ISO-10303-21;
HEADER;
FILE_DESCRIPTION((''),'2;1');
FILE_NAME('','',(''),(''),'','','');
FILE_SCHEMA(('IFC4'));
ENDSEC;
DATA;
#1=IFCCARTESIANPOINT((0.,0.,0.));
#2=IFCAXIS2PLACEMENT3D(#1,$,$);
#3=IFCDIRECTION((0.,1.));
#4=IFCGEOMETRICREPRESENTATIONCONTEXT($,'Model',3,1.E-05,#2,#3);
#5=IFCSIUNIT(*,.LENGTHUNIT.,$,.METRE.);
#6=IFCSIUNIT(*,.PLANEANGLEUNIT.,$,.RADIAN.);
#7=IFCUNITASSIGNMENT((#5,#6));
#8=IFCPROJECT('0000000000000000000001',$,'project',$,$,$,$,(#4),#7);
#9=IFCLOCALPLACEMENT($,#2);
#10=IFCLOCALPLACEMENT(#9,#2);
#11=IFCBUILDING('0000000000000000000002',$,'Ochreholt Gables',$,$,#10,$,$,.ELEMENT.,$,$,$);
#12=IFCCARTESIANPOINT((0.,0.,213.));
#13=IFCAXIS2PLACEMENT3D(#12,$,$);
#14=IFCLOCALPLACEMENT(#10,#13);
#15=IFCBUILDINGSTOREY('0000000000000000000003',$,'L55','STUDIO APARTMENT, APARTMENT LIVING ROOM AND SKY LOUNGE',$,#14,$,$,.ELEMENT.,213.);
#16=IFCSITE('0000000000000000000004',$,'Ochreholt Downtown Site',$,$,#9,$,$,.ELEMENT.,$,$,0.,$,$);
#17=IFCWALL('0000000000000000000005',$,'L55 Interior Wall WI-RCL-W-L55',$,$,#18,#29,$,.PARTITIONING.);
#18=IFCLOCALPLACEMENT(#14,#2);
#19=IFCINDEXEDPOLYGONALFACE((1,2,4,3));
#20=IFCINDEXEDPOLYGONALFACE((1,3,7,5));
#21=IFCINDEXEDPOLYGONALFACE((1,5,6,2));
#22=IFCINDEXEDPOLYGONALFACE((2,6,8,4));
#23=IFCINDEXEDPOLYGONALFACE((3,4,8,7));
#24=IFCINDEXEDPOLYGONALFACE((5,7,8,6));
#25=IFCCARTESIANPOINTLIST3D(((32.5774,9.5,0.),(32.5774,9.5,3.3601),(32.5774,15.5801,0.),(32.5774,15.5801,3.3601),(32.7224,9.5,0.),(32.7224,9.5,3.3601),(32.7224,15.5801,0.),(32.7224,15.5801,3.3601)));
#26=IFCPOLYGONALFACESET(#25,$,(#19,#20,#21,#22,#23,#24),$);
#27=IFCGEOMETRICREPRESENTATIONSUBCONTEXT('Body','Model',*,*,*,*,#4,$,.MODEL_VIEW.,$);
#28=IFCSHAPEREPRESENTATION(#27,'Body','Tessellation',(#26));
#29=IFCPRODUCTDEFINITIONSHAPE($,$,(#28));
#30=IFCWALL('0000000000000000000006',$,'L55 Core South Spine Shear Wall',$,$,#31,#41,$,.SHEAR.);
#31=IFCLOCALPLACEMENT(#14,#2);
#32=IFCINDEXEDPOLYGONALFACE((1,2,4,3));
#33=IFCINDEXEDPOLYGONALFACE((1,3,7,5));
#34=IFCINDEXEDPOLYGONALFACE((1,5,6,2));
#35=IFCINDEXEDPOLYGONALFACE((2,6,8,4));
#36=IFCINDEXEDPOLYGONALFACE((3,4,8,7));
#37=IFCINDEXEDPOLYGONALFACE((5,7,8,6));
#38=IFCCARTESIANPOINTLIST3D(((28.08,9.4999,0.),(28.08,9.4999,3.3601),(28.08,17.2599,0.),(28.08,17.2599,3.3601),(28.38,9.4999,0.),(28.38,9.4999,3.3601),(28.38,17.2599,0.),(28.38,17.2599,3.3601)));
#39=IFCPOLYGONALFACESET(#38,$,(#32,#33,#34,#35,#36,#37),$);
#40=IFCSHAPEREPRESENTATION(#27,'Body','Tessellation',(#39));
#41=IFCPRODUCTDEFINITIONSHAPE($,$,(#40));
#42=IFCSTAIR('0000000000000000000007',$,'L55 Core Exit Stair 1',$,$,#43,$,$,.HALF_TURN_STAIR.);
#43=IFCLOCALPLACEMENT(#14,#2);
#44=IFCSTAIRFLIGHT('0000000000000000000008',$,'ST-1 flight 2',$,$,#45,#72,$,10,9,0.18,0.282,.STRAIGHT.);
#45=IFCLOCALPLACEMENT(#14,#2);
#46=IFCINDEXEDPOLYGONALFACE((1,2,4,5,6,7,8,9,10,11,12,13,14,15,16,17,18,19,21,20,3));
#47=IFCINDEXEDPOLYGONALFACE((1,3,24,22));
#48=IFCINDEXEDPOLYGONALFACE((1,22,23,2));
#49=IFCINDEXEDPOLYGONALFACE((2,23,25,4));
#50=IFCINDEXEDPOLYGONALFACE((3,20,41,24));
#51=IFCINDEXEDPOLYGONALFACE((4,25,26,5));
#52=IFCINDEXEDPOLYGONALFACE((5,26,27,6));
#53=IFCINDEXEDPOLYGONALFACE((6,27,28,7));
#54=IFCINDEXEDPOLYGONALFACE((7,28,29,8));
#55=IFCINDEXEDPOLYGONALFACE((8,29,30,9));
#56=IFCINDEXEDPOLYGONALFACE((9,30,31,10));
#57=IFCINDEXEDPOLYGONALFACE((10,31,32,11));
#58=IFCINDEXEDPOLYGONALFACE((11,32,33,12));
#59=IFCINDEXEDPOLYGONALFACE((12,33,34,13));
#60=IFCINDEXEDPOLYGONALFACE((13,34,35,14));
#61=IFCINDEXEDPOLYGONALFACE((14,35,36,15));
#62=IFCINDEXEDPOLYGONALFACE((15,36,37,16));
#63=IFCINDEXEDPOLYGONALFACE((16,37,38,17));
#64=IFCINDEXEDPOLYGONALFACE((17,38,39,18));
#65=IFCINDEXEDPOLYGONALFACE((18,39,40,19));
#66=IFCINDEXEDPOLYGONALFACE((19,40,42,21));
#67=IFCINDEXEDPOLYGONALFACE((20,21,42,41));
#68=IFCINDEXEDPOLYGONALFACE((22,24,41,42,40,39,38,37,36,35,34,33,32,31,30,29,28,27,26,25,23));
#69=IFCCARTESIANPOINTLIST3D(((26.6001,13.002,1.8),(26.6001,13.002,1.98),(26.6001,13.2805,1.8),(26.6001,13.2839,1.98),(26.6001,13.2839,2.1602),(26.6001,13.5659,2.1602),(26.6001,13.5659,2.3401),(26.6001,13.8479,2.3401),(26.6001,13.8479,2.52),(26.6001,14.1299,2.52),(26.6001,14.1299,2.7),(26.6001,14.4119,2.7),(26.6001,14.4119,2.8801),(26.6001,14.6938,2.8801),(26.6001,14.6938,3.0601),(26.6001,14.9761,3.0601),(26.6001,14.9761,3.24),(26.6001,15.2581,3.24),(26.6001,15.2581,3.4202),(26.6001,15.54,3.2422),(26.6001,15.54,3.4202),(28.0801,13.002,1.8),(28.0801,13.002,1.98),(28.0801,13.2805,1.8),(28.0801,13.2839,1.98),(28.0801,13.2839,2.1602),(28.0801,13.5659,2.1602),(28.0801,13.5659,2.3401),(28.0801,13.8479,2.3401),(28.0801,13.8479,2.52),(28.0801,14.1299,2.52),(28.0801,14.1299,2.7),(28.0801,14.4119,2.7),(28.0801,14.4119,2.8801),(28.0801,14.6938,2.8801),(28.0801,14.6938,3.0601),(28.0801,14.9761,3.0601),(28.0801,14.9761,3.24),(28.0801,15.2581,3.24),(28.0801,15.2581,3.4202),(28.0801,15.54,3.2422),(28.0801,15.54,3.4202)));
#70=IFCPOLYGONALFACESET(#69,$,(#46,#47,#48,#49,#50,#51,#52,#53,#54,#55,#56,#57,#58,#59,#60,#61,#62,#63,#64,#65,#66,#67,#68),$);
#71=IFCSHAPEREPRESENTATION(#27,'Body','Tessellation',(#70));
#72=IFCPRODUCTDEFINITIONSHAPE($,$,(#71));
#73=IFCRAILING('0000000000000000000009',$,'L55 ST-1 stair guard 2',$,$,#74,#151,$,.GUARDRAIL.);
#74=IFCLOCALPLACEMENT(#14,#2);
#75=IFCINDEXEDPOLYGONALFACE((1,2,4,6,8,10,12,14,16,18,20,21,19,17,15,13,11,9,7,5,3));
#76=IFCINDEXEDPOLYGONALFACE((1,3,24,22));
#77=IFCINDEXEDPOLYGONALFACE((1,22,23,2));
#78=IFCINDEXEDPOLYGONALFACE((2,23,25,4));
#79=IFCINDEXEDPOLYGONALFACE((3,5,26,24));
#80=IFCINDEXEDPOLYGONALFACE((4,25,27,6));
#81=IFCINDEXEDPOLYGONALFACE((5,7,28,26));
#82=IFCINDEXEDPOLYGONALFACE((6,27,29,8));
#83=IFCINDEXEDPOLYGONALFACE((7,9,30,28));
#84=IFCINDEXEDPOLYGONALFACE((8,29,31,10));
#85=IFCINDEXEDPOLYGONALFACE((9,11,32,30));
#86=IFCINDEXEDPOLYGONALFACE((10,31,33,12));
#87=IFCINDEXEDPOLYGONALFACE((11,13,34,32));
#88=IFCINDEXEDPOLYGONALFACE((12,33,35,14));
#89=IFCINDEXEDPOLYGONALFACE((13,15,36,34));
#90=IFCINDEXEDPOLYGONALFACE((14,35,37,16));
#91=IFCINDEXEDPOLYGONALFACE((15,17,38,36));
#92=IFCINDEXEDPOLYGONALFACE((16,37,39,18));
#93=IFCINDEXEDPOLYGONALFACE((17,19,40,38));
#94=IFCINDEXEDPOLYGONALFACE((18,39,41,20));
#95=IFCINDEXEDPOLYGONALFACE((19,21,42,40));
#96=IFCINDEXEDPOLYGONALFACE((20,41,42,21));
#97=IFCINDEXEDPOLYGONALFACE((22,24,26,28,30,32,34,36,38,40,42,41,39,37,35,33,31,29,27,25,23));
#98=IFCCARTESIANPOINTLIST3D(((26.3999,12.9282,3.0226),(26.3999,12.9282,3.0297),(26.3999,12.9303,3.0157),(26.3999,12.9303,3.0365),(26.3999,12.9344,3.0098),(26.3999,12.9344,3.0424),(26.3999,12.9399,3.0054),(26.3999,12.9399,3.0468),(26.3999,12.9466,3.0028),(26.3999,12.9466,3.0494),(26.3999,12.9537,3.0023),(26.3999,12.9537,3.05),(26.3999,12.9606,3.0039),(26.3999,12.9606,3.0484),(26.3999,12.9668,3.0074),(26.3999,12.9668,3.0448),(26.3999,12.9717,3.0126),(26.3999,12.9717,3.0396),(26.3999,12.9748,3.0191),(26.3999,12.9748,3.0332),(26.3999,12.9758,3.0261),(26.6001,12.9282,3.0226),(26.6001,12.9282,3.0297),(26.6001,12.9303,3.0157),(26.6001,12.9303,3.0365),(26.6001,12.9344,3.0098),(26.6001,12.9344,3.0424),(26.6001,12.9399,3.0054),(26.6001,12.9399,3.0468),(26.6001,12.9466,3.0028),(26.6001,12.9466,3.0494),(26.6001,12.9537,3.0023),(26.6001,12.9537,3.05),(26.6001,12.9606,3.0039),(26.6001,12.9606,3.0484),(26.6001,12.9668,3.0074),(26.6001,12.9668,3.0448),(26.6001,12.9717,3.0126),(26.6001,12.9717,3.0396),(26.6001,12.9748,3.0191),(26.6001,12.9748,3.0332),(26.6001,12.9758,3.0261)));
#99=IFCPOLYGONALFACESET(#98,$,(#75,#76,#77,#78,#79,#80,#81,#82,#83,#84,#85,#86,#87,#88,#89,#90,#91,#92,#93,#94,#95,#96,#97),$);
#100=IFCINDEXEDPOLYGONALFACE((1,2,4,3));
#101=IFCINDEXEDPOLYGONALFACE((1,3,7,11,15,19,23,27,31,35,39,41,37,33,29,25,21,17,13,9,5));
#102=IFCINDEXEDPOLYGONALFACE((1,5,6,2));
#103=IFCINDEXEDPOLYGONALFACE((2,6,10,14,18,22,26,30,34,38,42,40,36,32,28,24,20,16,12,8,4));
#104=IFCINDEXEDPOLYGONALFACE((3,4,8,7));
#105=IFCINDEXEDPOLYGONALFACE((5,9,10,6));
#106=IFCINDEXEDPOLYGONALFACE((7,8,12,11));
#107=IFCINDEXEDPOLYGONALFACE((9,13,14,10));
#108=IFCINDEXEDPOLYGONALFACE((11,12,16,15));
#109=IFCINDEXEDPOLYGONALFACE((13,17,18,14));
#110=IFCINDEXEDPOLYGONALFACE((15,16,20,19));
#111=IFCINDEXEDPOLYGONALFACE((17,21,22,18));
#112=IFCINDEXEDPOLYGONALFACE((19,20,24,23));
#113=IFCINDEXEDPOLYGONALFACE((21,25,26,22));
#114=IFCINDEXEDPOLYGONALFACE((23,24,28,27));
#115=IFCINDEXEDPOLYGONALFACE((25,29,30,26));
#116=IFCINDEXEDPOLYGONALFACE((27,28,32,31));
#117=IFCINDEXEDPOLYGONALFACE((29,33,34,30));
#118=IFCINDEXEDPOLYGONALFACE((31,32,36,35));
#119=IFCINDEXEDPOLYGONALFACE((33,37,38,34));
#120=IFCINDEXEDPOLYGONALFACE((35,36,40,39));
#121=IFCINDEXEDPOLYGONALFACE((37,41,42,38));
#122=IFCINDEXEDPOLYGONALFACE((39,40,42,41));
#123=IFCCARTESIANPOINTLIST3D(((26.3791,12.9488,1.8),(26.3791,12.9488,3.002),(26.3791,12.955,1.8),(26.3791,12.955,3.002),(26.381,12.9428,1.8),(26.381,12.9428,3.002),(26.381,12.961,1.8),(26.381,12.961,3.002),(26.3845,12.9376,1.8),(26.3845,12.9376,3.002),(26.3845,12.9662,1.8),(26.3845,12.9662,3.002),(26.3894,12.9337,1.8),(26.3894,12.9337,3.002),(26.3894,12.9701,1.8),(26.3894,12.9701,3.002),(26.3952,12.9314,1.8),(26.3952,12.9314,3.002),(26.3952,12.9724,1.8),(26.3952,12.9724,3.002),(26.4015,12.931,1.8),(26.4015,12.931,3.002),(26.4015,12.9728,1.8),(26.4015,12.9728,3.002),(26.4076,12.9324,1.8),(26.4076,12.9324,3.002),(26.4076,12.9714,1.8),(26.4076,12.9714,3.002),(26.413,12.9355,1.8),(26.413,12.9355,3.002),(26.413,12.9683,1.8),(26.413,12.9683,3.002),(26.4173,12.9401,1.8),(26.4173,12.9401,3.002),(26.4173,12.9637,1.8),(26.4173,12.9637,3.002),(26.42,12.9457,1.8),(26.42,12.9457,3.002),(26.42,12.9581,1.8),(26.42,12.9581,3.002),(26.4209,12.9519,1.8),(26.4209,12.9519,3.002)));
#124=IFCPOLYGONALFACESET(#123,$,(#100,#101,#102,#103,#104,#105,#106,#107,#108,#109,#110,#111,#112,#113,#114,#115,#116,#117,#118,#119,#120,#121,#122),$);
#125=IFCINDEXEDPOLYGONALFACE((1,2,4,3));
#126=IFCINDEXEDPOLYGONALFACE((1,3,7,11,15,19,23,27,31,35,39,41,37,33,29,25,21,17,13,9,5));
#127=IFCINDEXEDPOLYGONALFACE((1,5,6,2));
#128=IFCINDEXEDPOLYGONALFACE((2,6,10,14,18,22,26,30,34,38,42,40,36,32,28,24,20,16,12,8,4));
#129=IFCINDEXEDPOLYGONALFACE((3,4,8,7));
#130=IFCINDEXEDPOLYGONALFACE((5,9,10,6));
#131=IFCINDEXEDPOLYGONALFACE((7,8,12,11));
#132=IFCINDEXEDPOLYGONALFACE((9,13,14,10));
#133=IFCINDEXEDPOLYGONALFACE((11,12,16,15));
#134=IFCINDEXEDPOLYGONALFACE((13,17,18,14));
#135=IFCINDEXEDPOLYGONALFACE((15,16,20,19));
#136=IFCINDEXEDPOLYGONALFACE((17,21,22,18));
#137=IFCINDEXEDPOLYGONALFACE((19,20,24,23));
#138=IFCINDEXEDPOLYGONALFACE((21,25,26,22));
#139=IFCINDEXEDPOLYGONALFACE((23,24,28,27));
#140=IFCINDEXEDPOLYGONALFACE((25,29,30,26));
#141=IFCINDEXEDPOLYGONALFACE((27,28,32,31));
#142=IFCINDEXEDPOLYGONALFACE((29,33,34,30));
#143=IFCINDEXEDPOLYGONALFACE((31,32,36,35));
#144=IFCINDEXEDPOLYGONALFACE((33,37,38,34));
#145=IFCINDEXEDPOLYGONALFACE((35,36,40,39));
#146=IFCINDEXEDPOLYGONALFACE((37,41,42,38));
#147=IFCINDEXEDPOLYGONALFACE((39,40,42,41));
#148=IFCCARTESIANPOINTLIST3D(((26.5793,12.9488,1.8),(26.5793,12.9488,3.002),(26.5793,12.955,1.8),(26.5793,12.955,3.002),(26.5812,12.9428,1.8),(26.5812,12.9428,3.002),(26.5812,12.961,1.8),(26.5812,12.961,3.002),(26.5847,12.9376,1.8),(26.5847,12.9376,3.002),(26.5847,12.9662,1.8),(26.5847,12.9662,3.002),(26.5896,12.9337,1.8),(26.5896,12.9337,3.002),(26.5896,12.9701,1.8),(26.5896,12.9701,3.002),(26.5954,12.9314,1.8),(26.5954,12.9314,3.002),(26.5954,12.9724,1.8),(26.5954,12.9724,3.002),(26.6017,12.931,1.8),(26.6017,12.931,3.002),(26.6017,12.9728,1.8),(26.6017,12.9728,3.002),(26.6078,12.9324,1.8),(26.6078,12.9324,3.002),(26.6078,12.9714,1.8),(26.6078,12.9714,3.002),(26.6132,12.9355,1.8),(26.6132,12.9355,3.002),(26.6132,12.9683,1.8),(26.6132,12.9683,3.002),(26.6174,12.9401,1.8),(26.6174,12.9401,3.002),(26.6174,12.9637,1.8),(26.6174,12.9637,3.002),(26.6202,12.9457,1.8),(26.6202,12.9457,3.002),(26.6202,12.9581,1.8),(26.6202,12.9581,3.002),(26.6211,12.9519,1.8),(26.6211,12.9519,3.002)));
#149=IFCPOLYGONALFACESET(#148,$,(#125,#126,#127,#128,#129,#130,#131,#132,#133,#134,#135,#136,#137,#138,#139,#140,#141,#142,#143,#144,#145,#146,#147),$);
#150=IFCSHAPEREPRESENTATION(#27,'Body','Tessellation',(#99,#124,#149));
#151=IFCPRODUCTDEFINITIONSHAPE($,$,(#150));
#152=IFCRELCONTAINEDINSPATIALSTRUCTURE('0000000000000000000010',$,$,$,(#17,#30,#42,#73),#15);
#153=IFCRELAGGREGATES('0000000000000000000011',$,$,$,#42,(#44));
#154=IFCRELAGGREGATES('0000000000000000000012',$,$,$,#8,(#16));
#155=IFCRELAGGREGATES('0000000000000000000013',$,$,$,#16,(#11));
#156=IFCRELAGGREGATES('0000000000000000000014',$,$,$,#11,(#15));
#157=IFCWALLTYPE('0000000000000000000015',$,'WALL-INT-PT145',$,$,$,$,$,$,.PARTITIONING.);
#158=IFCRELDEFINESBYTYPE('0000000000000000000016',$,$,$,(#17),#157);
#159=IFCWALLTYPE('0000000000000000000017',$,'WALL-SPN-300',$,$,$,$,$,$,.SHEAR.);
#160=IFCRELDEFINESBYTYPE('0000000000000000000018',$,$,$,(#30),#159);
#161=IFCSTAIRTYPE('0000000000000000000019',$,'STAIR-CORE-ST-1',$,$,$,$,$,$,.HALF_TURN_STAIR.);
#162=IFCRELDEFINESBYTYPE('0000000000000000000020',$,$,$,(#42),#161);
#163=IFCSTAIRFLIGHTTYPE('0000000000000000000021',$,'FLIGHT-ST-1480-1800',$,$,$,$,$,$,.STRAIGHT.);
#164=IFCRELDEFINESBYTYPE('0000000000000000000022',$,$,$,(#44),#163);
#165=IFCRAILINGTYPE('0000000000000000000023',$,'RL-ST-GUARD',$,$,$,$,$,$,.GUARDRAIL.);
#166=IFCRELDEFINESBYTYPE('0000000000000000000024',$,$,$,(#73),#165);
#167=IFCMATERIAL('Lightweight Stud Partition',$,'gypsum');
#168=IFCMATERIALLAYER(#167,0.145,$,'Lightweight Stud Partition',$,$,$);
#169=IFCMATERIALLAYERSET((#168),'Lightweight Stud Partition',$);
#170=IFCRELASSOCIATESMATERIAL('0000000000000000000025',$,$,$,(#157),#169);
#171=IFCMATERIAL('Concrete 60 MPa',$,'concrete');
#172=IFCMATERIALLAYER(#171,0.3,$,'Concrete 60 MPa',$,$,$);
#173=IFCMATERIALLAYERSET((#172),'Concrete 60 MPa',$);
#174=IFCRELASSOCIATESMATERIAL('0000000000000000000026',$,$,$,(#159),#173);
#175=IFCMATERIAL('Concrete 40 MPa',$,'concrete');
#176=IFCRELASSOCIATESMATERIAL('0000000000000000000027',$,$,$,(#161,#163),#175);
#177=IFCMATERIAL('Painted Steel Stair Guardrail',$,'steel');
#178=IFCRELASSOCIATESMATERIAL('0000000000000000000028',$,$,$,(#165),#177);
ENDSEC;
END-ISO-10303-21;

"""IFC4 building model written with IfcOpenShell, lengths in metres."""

from ifc_helpers import new_model, si_unit, direction, frame, frame_2d, origin, origin_2d, place, context, subcontext, project, spatial, polyline, rectangle, circle, outline, extrude, material, layer, layer_set, type_object, element, aggregate, save


model = new_model("IFC4")

# Units and contexts
model_context = context("Model", 3, precision=1e-05, world=origin(), true_north=direction((0.0, 1.0)))
body_context = subcontext(model_context, "Body", "Model", "MODEL_VIEW")
ifc_project = project(units=[si_unit("LENGTHUNIT", "METRE"), si_unit("PLANEANGLEUNIT", "RADIAN")], contexts=[model_context])

# Site, building, storey
site_placement = place(None, origin())
site = spatial("IfcSite", under=ifc_project, at=site_placement, Name="Ochreholt Downtown Site", CompositionType="ELEMENT", RefElevation=0.0)
building_placement = place(site_placement, origin())
building = spatial("IfcBuilding", under=site, at=building_placement, Name="Ochreholt Gables", CompositionType="ELEMENT")
storey_placement = place(building_placement, frame((0.0, 0.0, 213.0)))
storey = spatial("IfcBuildingStorey", under=building, at=storey_placement, Name="L55", Description="STUDIO APARTMENT, APARTMENT LIVING ROOM AND SKY LOUNGE", CompositionType="ELEMENT", Elevation=213.0)

# Walls
ifc_material_1 = material(Name="Lightweight Stud Partition", Category="gypsum")
ifc_layer_1 = layer(ifc_material_1, 0.145, Name="Lightweight Stud Partition")
ifc_layer_set_1 = layer_set([ifc_layer_1], Name="Lightweight Stud Partition")
wall_type_1 = type_object("IfcWallType", Name="WALL-INT-PT145", PredefinedType="PARTITIONING", material=ifc_layer_set_1)
wall_1_placement = place(storey_placement, frame((32.6499, 9.5, 0.0), z_axis=(0.0, 0.0, 1.0), x_axis=(0.0, 1.0, 0.0)))
element("IfcWall", 1, at=wall_1_placement, inside=storey, type_object=wall_type_1, Name="L55 Interior Wall WI-RCL-W-L55", PredefinedType="PARTITIONING", context=body_context, shape_type="SweptSolid", body=[
    extrude(rectangle(XDim=6.0801, YDim=0.145, at=frame_2d((3.04, 0.0))), origin(), (0.0, 0.0, 1.0), 3.3601),
])
ifc_material_2 = material(Name="Concrete 60 MPa", Category="concrete")
ifc_layer_2 = layer(ifc_material_2, 0.3, Name="Concrete 60 MPa")
ifc_layer_set_2 = layer_set([ifc_layer_2], Name="Concrete 60 MPa")
wall_type_2 = type_object("IfcWallType", Name="WALL-SPN-300", PredefinedType="SHEAR", material=ifc_layer_set_2)
wall_2_placement = place(storey_placement, frame((28.23, 9.5, 0.0), z_axis=(0.0, 0.0, 1.0), x_axis=(0.0, 1.0, 0.0)))
element("IfcWall", 2, at=wall_2_placement, inside=storey, type_object=wall_type_2, Name="L55 Core South Spine Shear Wall", PredefinedType="SHEAR", context=body_context, shape_type="SweptSolid", body=[
    extrude(rectangle(XDim=7.76, YDim=0.3, at=frame_2d((3.8799, 0.0))), origin(), (0.0, 0.0, 1.0), 3.3601),
])

# Stair, stair flight
ifc_material_3 = material(Name="Concrete 40 MPa", Category="concrete")
stair_type = type_object("IfcStairType", Name="STAIR-CORE-ST-1", PredefinedType="HALF_TURN_STAIR", material=ifc_material_3)
stair_placement = place(storey_placement, origin())
stair = element("IfcStair", 3, at=stair_placement, inside=storey, type_object=stair_type, Name="L55 Core Exit Stair 1", PredefinedType="HALF_TURN_STAIR")
stair_flight_type = type_object("IfcStairFlightType", Name="FLIGHT-ST-1480-1800", PredefinedType="STRAIGHT", material=ifc_material_3)
stair_flight_placement = place(storey_placement, frame((27.3401, 13.002, 1.8), z_axis=(0.0, 0.0, 1.0), x_axis=(0.0, 1.0, 0.0)))
stair_flight = element("IfcStairFlight", 4, at=stair_flight_placement, type_object=stair_flight_type, Name="ST-1 flight 2", NumberOfRisers=10, NumberOfTreads=9, PredefinedType="STRAIGHT", RiserHeight=0.18, TreadLength=0.282, context=body_context, shape_type="SweptSolid", body=[
    extrude(outline(polyline([(0.0, 0.0), (0.0, 0.1799), (0.282, 0.1799), (0.282, 0.3601), (0.564, 0.3601), (0.564, 0.54), (0.8459, 0.54), (0.8459, 0.72), (1.1279, 0.72), (1.1279, 0.8999), (1.4099, 0.8999), (1.4099, 1.0801), (1.6919, 1.0801), (1.6919, 1.26), (1.9741, 1.26), (1.9741, 1.4399), (2.2561, 1.4399), (2.2561, 1.6201), (2.5381, 1.6201), (2.5381, 1.8), (2.5381, 1.4421), (0.2786, 0.0), (0.0, 0.0)])), frame((0.0, 0.74, 0.0), z_axis=(0.0, -1.0, 0.0), x_axis=(1.0, 0.0, 0.0)), (0.0, 0.0, 1.0), 1.48),
])
aggregate(stair, [stair_flight])

# Railing
ifc_material_4 = material(Name="Painted Steel Stair Guardrail", Category="steel")
railing_type = type_object("IfcRailingType", Name="RL-ST-GUARD", PredefinedType="GUARDRAIL", material=ifc_material_4)
railing_1_placement = place(storey_placement, frame((26.3999, 12.9519, 1.8)))
element("IfcRailing", 5, at=railing_1_placement, inside=storey, type_object=railing_type, Name="L55 ST-1 stair guard 2", PredefinedType="GUARDRAIL", context=body_context, shape_type="SweptSolid", body=[
    extrude(circle(Radius=0.0239, at=origin_2d()), frame((0.0, 0.0, 1.2261), z_axis=(1.0, 0.0, 0.0), x_axis=(0.0, 1.0, 0.0)), (0.0, 0.0, 1.0), 0.2002),
    extrude(circle(Radius=0.021, at=origin_2d()), origin(), (0.0, 0.0, 1.0), 1.2019),
    extrude(circle(Radius=0.021, at=origin_2d()), frame((0.2002, 0.0, 0.0)), (0.0, 0.0, 1.0), 1.2019),
])

save(model, "model.ifc")
